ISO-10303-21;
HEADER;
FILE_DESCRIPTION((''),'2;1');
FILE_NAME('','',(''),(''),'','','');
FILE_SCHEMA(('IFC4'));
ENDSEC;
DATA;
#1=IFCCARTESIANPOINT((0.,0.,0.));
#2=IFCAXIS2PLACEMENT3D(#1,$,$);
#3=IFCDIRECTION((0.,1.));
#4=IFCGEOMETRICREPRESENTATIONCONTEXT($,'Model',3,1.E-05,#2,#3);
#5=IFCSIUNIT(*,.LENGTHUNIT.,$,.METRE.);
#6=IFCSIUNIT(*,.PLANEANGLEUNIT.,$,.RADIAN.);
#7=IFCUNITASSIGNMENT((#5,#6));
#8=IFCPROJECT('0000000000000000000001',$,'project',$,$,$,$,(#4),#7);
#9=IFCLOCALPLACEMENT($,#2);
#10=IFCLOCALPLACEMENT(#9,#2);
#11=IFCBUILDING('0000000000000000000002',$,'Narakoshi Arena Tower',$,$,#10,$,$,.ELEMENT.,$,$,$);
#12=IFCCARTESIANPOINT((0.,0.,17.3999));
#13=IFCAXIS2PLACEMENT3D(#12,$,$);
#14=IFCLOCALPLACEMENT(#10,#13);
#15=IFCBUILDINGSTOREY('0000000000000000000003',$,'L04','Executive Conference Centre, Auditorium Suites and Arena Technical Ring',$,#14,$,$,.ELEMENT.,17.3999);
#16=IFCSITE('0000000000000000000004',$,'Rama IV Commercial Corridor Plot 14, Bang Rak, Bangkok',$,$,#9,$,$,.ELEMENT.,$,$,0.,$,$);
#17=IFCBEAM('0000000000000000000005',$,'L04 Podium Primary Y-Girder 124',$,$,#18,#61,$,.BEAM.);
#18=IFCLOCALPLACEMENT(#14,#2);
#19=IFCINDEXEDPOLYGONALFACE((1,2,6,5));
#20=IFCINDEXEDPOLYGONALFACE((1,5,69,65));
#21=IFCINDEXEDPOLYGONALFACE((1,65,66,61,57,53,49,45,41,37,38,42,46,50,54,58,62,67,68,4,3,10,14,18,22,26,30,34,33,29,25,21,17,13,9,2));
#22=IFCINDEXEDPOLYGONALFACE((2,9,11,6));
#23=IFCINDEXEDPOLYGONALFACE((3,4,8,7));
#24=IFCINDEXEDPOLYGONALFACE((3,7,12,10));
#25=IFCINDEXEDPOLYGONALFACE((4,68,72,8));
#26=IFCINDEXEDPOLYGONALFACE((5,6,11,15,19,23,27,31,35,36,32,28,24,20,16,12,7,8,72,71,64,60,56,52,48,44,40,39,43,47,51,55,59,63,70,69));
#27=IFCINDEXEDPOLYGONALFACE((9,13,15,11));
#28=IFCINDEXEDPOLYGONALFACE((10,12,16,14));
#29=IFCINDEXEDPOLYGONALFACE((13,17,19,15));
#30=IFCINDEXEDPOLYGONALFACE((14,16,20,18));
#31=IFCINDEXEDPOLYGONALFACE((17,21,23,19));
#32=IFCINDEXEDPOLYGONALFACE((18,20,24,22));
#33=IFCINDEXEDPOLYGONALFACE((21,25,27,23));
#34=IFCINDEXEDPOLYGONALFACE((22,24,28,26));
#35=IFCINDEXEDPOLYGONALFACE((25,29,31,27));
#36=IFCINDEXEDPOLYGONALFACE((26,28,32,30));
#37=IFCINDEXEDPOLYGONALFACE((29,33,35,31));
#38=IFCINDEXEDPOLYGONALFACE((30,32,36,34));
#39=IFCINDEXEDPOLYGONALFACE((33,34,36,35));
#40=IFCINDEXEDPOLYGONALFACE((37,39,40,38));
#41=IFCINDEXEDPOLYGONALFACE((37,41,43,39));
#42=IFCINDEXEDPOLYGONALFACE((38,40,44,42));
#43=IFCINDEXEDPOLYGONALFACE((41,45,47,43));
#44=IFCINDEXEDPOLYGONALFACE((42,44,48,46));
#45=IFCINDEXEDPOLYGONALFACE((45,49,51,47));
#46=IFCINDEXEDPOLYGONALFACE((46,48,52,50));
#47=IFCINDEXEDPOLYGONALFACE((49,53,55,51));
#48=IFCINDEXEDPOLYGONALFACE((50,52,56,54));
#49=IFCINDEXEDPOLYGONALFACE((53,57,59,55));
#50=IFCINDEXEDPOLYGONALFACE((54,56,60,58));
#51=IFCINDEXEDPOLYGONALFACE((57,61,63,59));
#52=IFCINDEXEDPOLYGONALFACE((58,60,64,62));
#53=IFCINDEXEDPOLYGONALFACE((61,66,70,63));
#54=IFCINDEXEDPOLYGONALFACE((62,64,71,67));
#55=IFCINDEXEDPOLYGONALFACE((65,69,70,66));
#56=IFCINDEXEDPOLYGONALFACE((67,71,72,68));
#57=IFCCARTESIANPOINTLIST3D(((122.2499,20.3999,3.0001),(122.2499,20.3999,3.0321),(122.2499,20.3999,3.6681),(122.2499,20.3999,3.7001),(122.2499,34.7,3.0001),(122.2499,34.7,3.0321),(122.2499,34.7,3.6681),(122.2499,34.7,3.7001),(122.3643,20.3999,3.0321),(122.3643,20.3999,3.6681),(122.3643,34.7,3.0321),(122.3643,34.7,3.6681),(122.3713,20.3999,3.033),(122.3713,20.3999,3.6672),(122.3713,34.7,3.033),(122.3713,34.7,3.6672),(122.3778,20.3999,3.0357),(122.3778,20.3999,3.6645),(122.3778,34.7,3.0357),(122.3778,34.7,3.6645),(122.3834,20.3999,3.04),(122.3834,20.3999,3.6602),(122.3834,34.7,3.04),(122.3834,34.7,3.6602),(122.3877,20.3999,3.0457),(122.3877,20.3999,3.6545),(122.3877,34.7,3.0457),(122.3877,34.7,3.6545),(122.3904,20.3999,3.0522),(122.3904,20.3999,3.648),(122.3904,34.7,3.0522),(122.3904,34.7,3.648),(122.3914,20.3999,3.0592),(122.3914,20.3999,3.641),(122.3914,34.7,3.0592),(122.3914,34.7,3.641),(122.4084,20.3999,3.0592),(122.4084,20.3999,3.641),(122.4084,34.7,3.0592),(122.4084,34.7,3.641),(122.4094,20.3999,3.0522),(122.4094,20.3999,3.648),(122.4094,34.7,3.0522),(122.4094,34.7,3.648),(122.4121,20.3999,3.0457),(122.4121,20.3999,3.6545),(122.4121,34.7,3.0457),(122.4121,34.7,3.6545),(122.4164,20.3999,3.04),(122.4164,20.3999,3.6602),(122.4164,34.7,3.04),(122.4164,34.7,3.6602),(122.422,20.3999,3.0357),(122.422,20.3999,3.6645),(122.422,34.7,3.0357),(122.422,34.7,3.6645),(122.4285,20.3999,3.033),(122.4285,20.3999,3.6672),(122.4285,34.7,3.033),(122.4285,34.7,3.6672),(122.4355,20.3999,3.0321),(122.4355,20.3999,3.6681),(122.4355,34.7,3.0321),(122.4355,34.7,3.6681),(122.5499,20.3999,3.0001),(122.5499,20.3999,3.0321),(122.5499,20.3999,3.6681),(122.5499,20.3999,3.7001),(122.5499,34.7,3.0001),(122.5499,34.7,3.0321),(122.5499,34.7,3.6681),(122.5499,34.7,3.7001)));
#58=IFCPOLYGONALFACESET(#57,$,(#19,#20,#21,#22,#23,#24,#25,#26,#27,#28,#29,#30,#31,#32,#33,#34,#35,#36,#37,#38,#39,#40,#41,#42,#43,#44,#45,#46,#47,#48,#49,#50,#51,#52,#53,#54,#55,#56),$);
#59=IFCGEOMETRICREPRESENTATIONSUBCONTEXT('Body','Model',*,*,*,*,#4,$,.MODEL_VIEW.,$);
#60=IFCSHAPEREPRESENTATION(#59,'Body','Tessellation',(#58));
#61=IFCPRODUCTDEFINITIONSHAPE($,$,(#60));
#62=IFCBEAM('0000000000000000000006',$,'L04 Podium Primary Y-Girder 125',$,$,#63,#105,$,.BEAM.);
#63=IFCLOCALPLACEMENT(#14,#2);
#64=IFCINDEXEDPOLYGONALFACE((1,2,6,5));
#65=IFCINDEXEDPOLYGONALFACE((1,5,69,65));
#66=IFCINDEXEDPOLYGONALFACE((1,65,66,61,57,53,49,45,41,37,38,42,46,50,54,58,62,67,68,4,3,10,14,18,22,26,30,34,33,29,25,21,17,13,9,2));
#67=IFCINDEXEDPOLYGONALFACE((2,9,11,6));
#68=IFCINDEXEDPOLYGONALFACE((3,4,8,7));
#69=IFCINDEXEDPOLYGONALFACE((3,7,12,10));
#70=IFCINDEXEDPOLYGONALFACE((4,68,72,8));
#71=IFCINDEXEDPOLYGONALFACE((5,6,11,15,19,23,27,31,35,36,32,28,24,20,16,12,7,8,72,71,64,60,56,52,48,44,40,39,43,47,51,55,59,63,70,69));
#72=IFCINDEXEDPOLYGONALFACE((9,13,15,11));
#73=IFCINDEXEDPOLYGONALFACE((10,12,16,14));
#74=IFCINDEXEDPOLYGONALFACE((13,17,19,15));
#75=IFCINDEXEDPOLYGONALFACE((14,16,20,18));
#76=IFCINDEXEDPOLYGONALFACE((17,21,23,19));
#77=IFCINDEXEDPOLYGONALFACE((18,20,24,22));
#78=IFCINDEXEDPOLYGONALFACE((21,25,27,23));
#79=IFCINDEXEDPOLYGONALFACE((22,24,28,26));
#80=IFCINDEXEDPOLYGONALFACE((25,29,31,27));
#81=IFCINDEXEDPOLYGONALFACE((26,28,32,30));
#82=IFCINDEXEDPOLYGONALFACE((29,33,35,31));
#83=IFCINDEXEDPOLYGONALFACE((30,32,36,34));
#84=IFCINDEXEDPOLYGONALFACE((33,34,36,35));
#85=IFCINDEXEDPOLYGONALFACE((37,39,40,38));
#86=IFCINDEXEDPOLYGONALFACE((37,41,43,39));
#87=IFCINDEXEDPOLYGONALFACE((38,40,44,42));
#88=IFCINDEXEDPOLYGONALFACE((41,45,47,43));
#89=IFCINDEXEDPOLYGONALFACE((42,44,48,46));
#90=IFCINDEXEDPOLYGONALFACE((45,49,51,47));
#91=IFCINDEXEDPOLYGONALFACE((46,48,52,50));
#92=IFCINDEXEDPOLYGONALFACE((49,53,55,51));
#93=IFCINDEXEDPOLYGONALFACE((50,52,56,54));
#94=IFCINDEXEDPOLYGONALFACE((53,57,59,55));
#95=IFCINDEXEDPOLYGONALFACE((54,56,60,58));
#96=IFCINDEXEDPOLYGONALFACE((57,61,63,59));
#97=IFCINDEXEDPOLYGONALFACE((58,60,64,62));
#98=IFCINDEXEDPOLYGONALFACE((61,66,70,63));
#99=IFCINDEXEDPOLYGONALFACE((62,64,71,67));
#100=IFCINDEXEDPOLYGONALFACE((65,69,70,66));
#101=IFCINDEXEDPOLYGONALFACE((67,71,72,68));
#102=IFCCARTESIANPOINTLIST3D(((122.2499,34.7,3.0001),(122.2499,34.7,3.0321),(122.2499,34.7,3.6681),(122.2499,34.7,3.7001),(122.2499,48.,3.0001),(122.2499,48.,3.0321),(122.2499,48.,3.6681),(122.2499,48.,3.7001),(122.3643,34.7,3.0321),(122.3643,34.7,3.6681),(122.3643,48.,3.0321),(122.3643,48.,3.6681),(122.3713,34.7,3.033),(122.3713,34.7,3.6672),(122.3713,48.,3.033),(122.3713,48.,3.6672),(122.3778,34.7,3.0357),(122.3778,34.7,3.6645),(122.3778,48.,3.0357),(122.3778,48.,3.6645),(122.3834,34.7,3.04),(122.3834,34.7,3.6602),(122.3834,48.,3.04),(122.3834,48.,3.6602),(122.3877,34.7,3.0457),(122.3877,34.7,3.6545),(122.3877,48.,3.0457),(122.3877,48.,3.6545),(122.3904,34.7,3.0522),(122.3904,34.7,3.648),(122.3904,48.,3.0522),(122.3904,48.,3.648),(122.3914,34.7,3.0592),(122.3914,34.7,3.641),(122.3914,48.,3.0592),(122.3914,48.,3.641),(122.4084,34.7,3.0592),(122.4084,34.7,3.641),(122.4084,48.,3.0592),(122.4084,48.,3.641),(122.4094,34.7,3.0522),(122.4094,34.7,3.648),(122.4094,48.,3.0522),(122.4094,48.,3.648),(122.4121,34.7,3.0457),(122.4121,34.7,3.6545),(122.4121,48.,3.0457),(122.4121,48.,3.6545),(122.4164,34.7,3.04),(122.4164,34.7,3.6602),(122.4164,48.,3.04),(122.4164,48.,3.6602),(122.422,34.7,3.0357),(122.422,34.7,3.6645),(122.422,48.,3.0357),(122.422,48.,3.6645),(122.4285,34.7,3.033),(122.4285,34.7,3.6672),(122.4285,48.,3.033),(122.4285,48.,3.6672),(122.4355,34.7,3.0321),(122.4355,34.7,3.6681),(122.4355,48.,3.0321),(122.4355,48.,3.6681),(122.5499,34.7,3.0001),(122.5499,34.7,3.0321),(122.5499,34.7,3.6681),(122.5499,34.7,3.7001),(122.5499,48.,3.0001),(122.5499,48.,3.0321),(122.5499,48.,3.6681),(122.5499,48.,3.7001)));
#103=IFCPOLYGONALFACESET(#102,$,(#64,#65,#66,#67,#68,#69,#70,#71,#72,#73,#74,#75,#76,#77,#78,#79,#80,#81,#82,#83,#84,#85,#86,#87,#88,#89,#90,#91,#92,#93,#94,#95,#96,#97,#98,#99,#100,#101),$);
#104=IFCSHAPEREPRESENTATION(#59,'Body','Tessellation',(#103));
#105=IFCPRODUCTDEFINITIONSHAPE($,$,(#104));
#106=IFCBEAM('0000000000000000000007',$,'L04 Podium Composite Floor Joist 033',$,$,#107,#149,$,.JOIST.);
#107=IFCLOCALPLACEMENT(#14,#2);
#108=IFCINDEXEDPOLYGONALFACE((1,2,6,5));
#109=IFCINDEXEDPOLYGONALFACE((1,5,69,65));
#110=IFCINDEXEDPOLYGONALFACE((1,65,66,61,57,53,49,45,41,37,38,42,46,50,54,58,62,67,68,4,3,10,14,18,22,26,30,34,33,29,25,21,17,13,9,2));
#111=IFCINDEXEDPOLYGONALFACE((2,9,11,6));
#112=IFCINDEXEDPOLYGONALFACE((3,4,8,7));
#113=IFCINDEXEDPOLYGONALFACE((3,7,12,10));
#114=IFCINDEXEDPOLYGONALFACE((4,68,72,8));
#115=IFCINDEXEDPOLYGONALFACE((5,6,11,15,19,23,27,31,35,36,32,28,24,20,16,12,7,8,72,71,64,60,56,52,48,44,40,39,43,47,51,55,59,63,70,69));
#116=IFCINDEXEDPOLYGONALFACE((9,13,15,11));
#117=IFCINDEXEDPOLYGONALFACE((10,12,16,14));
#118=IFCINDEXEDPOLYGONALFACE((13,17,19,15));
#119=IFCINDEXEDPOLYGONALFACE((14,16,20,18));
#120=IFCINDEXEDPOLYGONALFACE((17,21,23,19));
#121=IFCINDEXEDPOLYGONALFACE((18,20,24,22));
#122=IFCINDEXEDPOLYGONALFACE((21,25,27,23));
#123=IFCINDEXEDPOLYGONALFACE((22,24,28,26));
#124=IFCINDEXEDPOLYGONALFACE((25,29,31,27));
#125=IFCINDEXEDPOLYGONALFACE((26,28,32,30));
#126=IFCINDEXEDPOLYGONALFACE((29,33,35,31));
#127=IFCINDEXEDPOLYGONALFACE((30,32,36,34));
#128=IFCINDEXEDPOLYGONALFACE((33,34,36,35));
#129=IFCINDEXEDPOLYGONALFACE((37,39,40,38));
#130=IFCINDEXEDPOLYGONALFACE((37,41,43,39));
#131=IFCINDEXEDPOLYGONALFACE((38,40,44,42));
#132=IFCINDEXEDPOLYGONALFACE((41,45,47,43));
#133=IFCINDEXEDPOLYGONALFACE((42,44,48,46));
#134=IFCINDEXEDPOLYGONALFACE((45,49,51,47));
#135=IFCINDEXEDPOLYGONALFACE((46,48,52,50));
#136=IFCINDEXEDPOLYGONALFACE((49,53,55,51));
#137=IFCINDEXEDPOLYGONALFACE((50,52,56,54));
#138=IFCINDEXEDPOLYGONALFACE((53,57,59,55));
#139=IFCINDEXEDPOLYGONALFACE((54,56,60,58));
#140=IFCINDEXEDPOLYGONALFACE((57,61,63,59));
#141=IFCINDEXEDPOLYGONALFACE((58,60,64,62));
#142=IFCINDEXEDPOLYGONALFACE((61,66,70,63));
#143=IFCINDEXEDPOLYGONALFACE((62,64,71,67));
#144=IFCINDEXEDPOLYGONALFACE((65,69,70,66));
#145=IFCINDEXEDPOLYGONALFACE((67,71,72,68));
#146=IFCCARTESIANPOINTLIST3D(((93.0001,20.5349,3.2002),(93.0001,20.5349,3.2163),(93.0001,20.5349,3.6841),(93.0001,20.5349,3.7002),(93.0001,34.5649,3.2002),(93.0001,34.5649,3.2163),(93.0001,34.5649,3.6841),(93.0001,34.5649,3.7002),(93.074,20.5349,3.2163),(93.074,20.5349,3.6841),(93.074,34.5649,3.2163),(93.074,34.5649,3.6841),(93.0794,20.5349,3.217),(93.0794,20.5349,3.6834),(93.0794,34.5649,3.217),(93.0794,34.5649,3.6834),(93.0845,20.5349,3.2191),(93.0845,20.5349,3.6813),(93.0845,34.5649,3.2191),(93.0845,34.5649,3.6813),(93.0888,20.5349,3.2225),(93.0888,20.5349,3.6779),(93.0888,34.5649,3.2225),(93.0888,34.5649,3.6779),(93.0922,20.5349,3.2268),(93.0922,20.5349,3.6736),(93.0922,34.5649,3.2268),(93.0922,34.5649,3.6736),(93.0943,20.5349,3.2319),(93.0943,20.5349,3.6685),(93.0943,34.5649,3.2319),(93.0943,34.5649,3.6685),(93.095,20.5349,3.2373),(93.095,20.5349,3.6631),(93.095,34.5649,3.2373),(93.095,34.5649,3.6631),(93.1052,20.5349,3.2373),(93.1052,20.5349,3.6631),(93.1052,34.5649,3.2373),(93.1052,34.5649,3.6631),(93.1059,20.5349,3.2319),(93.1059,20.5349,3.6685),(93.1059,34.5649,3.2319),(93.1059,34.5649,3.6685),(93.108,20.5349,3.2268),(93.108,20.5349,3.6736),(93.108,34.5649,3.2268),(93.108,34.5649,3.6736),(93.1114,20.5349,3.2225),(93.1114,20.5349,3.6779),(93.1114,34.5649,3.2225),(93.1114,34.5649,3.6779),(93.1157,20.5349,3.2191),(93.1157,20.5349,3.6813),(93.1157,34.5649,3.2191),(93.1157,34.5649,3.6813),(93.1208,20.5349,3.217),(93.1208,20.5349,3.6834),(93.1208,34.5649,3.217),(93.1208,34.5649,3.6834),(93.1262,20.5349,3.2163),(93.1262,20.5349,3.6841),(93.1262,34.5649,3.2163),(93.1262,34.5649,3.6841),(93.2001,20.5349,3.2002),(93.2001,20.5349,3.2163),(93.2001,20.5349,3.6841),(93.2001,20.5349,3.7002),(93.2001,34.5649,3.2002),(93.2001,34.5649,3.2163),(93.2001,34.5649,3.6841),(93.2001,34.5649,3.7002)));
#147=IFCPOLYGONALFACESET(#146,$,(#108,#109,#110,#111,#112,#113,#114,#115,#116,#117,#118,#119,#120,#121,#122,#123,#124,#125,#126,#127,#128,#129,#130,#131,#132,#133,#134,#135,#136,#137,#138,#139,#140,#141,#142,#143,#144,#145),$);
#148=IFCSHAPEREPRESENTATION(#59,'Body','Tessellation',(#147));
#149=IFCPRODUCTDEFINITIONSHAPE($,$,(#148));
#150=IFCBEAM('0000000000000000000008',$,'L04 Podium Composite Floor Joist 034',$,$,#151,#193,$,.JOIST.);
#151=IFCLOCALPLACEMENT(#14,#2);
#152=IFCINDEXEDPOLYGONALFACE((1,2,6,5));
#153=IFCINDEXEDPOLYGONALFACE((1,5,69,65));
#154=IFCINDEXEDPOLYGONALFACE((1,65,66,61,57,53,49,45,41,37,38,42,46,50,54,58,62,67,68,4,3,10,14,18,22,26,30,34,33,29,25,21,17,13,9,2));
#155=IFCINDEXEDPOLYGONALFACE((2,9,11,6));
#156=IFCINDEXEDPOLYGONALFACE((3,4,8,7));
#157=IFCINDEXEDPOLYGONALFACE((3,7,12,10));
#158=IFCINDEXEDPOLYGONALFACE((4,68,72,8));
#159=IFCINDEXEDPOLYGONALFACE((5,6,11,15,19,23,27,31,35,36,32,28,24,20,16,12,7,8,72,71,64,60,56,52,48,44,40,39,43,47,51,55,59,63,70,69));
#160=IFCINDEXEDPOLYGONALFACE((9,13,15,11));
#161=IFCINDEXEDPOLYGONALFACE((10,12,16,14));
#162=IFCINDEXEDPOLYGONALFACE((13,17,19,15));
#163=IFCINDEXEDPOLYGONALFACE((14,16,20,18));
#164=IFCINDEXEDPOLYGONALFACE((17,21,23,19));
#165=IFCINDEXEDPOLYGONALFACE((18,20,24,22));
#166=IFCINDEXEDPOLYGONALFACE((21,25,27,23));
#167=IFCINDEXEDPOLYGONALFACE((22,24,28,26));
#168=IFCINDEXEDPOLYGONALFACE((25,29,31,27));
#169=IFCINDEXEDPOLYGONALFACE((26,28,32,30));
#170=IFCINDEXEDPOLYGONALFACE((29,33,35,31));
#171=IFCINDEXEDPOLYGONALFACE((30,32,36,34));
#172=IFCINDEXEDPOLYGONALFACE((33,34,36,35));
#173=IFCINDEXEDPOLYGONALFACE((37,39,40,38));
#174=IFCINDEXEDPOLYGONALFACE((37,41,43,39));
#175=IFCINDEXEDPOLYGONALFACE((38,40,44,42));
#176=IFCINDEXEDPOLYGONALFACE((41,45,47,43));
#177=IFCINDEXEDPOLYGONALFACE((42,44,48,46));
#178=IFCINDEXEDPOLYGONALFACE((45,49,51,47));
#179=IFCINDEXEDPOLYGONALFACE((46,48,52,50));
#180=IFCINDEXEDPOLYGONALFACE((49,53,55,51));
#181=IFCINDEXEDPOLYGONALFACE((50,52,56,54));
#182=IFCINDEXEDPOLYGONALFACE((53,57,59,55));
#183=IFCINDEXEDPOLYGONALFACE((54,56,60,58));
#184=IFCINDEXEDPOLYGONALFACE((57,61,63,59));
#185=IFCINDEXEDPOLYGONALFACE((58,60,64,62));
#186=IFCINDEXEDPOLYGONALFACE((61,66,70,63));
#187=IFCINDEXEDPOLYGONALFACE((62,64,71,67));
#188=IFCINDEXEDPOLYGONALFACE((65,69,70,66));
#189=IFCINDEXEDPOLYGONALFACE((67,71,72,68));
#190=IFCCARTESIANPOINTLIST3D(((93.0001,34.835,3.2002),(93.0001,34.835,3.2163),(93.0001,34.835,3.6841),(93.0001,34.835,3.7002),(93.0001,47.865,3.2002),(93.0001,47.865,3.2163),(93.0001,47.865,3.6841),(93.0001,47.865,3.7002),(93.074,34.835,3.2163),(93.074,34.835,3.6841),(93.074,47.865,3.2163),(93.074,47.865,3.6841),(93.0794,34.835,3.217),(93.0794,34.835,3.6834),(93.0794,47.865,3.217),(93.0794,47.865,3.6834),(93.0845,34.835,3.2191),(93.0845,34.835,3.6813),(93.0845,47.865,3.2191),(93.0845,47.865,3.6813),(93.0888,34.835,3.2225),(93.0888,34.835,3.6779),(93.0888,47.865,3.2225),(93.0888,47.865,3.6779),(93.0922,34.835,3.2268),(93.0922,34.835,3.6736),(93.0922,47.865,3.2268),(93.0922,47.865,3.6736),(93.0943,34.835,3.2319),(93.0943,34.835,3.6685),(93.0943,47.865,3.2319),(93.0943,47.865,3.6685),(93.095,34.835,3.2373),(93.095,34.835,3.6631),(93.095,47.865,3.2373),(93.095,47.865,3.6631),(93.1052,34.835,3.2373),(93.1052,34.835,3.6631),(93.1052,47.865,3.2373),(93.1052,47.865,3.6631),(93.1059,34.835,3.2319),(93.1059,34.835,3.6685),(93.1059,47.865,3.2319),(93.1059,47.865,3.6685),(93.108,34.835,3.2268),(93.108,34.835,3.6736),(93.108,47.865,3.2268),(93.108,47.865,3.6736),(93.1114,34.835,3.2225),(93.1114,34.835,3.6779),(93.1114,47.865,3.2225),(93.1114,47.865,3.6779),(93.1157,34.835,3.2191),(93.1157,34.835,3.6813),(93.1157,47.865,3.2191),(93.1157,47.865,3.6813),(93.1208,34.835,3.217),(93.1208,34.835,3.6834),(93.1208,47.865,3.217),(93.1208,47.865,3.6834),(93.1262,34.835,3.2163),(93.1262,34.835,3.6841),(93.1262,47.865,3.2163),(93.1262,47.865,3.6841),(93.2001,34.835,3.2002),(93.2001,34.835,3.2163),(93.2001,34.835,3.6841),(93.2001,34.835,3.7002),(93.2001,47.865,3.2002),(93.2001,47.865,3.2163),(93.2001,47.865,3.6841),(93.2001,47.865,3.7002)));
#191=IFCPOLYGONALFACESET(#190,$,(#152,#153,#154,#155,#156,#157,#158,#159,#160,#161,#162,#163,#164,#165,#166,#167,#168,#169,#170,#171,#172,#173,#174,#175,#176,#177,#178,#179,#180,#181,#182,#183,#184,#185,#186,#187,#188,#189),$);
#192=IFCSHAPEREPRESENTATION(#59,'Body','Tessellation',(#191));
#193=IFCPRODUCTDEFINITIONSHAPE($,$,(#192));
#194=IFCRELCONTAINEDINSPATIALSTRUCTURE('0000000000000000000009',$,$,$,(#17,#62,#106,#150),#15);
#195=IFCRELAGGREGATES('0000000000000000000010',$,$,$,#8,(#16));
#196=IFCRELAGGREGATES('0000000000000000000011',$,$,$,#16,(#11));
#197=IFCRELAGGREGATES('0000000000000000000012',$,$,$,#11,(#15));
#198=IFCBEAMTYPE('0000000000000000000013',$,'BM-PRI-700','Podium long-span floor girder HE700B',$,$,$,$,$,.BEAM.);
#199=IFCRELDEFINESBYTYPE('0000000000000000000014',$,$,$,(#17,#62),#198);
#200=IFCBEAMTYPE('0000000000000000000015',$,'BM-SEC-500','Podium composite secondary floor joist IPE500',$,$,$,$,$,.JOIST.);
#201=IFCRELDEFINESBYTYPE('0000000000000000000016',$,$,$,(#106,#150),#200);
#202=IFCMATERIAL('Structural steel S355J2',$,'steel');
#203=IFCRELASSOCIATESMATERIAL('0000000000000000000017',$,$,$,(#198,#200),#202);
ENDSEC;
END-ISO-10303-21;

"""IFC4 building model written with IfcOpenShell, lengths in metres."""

from ifc_helpers import new_model, si_unit, direction, frame, origin, origin_2d, place, context, subcontext, project, spatial, i_section, extrude, material, material_profile, profile_set, type_object, element, save


model = new_model("IFC4")

# Units and contexts
model_context = context("Model", 3, precision=1e-05, world=origin(), true_north=direction((0.0, 1.0)))
body_context = subcontext(model_context, "Body", "Model", "MODEL_VIEW")
ifc_project = project(units=[si_unit("LENGTHUNIT", "METRE"), si_unit("PLANEANGLEUNIT", "RADIAN")], contexts=[model_context])

# Site, building, storey
site_placement = place(None, origin())
site = spatial("IfcSite", under=ifc_project, at=site_placement, Name="Rama IV Commercial Corridor Plot 14, Bang Rak, Bangkok", CompositionType="ELEMENT", RefElevation=0.0)
building_placement = place(site_placement, origin())
building = spatial("IfcBuilding", under=site, at=building_placement, Name="Narakoshi Arena Tower", CompositionType="ELEMENT")
storey_placement = place(building_placement, frame((0.0, 0.0, 17.3999)))
storey = spatial("IfcBuildingStorey", under=building, at=storey_placement, Name="L04", Description="Executive Conference Centre, Auditorium Suites and Arena Technical Ring", CompositionType="ELEMENT", Elevation=17.3999)

# Beams
ifc_material_1 = material(Name="Structural steel S355J2", Category="steel")
ifc_material_profile_1 = material_profile(ifc_material_1, i_section(OverallWidth=0.3, OverallDepth=0.7, WebThickness=0.0171, FlangeThickness=0.032, FilletRadius=0.0271, at=origin_2d()), Name="HE700B")
ifc_profile_set_1 = profile_set([ifc_material_profile_1], Name="Structural steel S355J2")
beam_type_1 = type_object("IfcBeamType", Name="BM-PRI-700", Description="Podium long-span floor girder HE700B", PredefinedType="BEAM", material=ifc_profile_set_1)
beam_1_placement = place(storey_placement, frame((122.3999, 20.3999, 3.3501), z_axis=(0.0, 1.0, 0.0), x_axis=(-1.0, 0.0, 0.0)))
element("IfcBeam", 1, at=beam_1_placement, inside=storey, type_object=beam_type_1, Name="L04 Podium Primary Y-Girder 124", PredefinedType="BEAM", context=body_context, shape_type="SweptSolid", body=[
    extrude(i_section(OverallWidth=0.3, OverallDepth=0.7, WebThickness=0.0171, FlangeThickness=0.032, FilletRadius=0.0271, at=origin_2d()), origin(), (0.0, 0.0, 1.0), 14.3),
])
beam_2_placement = place(storey_placement, frame((122.3999, 34.7, 3.3501), z_axis=(0.0, 1.0, 0.0), x_axis=(-1.0, 0.0, 0.0)))
element("IfcBeam", 2, at=beam_2_placement, inside=storey, type_object=beam_type_1, Name="L04 Podium Primary Y-Girder 125", PredefinedType="BEAM", context=body_context, shape_type="SweptSolid", body=[
    extrude(i_section(OverallWidth=0.3, OverallDepth=0.7, WebThickness=0.0171, FlangeThickness=0.032, FilletRadius=0.0271, at=origin_2d()), origin(), (0.0, 0.0, 1.0), 13.3),
])
ifc_material_profile_2 = material_profile(ifc_material_1, i_section(OverallWidth=0.2, OverallDepth=0.5, WebThickness=0.0103, FlangeThickness=0.0161, FilletRadius=0.021, at=origin_2d()), Name="IPE500")
ifc_profile_set_2 = profile_set([ifc_material_profile_2], Name="Structural steel S355J2")
beam_type_2 = type_object("IfcBeamType", Name="BM-SEC-500", Description="Podium composite secondary floor joist IPE500", PredefinedType="JOIST", material=ifc_profile_set_2)
beam_3_placement = place(storey_placement, frame((93.1001, 20.5349, 3.4502), z_axis=(0.0, 1.0, 0.0), x_axis=(-1.0, 0.0, 0.0)))
element("IfcBeam", 3, at=beam_3_placement, inside=storey, type_object=beam_type_2, Name="L04 Podium Composite Floor Joist 033", PredefinedType="JOIST", context=body_context, shape_type="SweptSolid", body=[
    extrude(i_section(OverallWidth=0.2, OverallDepth=0.5, WebThickness=0.0103, FlangeThickness=0.0161, FilletRadius=0.021, at=origin_2d()), origin(), (0.0, 0.0, 1.0), 14.03),
])
beam_4_placement = place(storey_placement, frame((93.1001, 34.835, 3.4502), z_axis=(0.0, 1.0, 0.0), x_axis=(-1.0, 0.0, 0.0)))
element("IfcBeam", 4, at=beam_4_placement, inside=storey, type_object=beam_type_2, Name="L04 Podium Composite Floor Joist 034", PredefinedType="JOIST", context=body_context, shape_type="SweptSolid", body=[
    extrude(i_section(OverallWidth=0.2, OverallDepth=0.5, WebThickness=0.0103, FlangeThickness=0.0161, FilletRadius=0.021, at=origin_2d()), origin(), (0.0, 0.0, 1.0), 13.03),
])

save(model, "model.ifc")
